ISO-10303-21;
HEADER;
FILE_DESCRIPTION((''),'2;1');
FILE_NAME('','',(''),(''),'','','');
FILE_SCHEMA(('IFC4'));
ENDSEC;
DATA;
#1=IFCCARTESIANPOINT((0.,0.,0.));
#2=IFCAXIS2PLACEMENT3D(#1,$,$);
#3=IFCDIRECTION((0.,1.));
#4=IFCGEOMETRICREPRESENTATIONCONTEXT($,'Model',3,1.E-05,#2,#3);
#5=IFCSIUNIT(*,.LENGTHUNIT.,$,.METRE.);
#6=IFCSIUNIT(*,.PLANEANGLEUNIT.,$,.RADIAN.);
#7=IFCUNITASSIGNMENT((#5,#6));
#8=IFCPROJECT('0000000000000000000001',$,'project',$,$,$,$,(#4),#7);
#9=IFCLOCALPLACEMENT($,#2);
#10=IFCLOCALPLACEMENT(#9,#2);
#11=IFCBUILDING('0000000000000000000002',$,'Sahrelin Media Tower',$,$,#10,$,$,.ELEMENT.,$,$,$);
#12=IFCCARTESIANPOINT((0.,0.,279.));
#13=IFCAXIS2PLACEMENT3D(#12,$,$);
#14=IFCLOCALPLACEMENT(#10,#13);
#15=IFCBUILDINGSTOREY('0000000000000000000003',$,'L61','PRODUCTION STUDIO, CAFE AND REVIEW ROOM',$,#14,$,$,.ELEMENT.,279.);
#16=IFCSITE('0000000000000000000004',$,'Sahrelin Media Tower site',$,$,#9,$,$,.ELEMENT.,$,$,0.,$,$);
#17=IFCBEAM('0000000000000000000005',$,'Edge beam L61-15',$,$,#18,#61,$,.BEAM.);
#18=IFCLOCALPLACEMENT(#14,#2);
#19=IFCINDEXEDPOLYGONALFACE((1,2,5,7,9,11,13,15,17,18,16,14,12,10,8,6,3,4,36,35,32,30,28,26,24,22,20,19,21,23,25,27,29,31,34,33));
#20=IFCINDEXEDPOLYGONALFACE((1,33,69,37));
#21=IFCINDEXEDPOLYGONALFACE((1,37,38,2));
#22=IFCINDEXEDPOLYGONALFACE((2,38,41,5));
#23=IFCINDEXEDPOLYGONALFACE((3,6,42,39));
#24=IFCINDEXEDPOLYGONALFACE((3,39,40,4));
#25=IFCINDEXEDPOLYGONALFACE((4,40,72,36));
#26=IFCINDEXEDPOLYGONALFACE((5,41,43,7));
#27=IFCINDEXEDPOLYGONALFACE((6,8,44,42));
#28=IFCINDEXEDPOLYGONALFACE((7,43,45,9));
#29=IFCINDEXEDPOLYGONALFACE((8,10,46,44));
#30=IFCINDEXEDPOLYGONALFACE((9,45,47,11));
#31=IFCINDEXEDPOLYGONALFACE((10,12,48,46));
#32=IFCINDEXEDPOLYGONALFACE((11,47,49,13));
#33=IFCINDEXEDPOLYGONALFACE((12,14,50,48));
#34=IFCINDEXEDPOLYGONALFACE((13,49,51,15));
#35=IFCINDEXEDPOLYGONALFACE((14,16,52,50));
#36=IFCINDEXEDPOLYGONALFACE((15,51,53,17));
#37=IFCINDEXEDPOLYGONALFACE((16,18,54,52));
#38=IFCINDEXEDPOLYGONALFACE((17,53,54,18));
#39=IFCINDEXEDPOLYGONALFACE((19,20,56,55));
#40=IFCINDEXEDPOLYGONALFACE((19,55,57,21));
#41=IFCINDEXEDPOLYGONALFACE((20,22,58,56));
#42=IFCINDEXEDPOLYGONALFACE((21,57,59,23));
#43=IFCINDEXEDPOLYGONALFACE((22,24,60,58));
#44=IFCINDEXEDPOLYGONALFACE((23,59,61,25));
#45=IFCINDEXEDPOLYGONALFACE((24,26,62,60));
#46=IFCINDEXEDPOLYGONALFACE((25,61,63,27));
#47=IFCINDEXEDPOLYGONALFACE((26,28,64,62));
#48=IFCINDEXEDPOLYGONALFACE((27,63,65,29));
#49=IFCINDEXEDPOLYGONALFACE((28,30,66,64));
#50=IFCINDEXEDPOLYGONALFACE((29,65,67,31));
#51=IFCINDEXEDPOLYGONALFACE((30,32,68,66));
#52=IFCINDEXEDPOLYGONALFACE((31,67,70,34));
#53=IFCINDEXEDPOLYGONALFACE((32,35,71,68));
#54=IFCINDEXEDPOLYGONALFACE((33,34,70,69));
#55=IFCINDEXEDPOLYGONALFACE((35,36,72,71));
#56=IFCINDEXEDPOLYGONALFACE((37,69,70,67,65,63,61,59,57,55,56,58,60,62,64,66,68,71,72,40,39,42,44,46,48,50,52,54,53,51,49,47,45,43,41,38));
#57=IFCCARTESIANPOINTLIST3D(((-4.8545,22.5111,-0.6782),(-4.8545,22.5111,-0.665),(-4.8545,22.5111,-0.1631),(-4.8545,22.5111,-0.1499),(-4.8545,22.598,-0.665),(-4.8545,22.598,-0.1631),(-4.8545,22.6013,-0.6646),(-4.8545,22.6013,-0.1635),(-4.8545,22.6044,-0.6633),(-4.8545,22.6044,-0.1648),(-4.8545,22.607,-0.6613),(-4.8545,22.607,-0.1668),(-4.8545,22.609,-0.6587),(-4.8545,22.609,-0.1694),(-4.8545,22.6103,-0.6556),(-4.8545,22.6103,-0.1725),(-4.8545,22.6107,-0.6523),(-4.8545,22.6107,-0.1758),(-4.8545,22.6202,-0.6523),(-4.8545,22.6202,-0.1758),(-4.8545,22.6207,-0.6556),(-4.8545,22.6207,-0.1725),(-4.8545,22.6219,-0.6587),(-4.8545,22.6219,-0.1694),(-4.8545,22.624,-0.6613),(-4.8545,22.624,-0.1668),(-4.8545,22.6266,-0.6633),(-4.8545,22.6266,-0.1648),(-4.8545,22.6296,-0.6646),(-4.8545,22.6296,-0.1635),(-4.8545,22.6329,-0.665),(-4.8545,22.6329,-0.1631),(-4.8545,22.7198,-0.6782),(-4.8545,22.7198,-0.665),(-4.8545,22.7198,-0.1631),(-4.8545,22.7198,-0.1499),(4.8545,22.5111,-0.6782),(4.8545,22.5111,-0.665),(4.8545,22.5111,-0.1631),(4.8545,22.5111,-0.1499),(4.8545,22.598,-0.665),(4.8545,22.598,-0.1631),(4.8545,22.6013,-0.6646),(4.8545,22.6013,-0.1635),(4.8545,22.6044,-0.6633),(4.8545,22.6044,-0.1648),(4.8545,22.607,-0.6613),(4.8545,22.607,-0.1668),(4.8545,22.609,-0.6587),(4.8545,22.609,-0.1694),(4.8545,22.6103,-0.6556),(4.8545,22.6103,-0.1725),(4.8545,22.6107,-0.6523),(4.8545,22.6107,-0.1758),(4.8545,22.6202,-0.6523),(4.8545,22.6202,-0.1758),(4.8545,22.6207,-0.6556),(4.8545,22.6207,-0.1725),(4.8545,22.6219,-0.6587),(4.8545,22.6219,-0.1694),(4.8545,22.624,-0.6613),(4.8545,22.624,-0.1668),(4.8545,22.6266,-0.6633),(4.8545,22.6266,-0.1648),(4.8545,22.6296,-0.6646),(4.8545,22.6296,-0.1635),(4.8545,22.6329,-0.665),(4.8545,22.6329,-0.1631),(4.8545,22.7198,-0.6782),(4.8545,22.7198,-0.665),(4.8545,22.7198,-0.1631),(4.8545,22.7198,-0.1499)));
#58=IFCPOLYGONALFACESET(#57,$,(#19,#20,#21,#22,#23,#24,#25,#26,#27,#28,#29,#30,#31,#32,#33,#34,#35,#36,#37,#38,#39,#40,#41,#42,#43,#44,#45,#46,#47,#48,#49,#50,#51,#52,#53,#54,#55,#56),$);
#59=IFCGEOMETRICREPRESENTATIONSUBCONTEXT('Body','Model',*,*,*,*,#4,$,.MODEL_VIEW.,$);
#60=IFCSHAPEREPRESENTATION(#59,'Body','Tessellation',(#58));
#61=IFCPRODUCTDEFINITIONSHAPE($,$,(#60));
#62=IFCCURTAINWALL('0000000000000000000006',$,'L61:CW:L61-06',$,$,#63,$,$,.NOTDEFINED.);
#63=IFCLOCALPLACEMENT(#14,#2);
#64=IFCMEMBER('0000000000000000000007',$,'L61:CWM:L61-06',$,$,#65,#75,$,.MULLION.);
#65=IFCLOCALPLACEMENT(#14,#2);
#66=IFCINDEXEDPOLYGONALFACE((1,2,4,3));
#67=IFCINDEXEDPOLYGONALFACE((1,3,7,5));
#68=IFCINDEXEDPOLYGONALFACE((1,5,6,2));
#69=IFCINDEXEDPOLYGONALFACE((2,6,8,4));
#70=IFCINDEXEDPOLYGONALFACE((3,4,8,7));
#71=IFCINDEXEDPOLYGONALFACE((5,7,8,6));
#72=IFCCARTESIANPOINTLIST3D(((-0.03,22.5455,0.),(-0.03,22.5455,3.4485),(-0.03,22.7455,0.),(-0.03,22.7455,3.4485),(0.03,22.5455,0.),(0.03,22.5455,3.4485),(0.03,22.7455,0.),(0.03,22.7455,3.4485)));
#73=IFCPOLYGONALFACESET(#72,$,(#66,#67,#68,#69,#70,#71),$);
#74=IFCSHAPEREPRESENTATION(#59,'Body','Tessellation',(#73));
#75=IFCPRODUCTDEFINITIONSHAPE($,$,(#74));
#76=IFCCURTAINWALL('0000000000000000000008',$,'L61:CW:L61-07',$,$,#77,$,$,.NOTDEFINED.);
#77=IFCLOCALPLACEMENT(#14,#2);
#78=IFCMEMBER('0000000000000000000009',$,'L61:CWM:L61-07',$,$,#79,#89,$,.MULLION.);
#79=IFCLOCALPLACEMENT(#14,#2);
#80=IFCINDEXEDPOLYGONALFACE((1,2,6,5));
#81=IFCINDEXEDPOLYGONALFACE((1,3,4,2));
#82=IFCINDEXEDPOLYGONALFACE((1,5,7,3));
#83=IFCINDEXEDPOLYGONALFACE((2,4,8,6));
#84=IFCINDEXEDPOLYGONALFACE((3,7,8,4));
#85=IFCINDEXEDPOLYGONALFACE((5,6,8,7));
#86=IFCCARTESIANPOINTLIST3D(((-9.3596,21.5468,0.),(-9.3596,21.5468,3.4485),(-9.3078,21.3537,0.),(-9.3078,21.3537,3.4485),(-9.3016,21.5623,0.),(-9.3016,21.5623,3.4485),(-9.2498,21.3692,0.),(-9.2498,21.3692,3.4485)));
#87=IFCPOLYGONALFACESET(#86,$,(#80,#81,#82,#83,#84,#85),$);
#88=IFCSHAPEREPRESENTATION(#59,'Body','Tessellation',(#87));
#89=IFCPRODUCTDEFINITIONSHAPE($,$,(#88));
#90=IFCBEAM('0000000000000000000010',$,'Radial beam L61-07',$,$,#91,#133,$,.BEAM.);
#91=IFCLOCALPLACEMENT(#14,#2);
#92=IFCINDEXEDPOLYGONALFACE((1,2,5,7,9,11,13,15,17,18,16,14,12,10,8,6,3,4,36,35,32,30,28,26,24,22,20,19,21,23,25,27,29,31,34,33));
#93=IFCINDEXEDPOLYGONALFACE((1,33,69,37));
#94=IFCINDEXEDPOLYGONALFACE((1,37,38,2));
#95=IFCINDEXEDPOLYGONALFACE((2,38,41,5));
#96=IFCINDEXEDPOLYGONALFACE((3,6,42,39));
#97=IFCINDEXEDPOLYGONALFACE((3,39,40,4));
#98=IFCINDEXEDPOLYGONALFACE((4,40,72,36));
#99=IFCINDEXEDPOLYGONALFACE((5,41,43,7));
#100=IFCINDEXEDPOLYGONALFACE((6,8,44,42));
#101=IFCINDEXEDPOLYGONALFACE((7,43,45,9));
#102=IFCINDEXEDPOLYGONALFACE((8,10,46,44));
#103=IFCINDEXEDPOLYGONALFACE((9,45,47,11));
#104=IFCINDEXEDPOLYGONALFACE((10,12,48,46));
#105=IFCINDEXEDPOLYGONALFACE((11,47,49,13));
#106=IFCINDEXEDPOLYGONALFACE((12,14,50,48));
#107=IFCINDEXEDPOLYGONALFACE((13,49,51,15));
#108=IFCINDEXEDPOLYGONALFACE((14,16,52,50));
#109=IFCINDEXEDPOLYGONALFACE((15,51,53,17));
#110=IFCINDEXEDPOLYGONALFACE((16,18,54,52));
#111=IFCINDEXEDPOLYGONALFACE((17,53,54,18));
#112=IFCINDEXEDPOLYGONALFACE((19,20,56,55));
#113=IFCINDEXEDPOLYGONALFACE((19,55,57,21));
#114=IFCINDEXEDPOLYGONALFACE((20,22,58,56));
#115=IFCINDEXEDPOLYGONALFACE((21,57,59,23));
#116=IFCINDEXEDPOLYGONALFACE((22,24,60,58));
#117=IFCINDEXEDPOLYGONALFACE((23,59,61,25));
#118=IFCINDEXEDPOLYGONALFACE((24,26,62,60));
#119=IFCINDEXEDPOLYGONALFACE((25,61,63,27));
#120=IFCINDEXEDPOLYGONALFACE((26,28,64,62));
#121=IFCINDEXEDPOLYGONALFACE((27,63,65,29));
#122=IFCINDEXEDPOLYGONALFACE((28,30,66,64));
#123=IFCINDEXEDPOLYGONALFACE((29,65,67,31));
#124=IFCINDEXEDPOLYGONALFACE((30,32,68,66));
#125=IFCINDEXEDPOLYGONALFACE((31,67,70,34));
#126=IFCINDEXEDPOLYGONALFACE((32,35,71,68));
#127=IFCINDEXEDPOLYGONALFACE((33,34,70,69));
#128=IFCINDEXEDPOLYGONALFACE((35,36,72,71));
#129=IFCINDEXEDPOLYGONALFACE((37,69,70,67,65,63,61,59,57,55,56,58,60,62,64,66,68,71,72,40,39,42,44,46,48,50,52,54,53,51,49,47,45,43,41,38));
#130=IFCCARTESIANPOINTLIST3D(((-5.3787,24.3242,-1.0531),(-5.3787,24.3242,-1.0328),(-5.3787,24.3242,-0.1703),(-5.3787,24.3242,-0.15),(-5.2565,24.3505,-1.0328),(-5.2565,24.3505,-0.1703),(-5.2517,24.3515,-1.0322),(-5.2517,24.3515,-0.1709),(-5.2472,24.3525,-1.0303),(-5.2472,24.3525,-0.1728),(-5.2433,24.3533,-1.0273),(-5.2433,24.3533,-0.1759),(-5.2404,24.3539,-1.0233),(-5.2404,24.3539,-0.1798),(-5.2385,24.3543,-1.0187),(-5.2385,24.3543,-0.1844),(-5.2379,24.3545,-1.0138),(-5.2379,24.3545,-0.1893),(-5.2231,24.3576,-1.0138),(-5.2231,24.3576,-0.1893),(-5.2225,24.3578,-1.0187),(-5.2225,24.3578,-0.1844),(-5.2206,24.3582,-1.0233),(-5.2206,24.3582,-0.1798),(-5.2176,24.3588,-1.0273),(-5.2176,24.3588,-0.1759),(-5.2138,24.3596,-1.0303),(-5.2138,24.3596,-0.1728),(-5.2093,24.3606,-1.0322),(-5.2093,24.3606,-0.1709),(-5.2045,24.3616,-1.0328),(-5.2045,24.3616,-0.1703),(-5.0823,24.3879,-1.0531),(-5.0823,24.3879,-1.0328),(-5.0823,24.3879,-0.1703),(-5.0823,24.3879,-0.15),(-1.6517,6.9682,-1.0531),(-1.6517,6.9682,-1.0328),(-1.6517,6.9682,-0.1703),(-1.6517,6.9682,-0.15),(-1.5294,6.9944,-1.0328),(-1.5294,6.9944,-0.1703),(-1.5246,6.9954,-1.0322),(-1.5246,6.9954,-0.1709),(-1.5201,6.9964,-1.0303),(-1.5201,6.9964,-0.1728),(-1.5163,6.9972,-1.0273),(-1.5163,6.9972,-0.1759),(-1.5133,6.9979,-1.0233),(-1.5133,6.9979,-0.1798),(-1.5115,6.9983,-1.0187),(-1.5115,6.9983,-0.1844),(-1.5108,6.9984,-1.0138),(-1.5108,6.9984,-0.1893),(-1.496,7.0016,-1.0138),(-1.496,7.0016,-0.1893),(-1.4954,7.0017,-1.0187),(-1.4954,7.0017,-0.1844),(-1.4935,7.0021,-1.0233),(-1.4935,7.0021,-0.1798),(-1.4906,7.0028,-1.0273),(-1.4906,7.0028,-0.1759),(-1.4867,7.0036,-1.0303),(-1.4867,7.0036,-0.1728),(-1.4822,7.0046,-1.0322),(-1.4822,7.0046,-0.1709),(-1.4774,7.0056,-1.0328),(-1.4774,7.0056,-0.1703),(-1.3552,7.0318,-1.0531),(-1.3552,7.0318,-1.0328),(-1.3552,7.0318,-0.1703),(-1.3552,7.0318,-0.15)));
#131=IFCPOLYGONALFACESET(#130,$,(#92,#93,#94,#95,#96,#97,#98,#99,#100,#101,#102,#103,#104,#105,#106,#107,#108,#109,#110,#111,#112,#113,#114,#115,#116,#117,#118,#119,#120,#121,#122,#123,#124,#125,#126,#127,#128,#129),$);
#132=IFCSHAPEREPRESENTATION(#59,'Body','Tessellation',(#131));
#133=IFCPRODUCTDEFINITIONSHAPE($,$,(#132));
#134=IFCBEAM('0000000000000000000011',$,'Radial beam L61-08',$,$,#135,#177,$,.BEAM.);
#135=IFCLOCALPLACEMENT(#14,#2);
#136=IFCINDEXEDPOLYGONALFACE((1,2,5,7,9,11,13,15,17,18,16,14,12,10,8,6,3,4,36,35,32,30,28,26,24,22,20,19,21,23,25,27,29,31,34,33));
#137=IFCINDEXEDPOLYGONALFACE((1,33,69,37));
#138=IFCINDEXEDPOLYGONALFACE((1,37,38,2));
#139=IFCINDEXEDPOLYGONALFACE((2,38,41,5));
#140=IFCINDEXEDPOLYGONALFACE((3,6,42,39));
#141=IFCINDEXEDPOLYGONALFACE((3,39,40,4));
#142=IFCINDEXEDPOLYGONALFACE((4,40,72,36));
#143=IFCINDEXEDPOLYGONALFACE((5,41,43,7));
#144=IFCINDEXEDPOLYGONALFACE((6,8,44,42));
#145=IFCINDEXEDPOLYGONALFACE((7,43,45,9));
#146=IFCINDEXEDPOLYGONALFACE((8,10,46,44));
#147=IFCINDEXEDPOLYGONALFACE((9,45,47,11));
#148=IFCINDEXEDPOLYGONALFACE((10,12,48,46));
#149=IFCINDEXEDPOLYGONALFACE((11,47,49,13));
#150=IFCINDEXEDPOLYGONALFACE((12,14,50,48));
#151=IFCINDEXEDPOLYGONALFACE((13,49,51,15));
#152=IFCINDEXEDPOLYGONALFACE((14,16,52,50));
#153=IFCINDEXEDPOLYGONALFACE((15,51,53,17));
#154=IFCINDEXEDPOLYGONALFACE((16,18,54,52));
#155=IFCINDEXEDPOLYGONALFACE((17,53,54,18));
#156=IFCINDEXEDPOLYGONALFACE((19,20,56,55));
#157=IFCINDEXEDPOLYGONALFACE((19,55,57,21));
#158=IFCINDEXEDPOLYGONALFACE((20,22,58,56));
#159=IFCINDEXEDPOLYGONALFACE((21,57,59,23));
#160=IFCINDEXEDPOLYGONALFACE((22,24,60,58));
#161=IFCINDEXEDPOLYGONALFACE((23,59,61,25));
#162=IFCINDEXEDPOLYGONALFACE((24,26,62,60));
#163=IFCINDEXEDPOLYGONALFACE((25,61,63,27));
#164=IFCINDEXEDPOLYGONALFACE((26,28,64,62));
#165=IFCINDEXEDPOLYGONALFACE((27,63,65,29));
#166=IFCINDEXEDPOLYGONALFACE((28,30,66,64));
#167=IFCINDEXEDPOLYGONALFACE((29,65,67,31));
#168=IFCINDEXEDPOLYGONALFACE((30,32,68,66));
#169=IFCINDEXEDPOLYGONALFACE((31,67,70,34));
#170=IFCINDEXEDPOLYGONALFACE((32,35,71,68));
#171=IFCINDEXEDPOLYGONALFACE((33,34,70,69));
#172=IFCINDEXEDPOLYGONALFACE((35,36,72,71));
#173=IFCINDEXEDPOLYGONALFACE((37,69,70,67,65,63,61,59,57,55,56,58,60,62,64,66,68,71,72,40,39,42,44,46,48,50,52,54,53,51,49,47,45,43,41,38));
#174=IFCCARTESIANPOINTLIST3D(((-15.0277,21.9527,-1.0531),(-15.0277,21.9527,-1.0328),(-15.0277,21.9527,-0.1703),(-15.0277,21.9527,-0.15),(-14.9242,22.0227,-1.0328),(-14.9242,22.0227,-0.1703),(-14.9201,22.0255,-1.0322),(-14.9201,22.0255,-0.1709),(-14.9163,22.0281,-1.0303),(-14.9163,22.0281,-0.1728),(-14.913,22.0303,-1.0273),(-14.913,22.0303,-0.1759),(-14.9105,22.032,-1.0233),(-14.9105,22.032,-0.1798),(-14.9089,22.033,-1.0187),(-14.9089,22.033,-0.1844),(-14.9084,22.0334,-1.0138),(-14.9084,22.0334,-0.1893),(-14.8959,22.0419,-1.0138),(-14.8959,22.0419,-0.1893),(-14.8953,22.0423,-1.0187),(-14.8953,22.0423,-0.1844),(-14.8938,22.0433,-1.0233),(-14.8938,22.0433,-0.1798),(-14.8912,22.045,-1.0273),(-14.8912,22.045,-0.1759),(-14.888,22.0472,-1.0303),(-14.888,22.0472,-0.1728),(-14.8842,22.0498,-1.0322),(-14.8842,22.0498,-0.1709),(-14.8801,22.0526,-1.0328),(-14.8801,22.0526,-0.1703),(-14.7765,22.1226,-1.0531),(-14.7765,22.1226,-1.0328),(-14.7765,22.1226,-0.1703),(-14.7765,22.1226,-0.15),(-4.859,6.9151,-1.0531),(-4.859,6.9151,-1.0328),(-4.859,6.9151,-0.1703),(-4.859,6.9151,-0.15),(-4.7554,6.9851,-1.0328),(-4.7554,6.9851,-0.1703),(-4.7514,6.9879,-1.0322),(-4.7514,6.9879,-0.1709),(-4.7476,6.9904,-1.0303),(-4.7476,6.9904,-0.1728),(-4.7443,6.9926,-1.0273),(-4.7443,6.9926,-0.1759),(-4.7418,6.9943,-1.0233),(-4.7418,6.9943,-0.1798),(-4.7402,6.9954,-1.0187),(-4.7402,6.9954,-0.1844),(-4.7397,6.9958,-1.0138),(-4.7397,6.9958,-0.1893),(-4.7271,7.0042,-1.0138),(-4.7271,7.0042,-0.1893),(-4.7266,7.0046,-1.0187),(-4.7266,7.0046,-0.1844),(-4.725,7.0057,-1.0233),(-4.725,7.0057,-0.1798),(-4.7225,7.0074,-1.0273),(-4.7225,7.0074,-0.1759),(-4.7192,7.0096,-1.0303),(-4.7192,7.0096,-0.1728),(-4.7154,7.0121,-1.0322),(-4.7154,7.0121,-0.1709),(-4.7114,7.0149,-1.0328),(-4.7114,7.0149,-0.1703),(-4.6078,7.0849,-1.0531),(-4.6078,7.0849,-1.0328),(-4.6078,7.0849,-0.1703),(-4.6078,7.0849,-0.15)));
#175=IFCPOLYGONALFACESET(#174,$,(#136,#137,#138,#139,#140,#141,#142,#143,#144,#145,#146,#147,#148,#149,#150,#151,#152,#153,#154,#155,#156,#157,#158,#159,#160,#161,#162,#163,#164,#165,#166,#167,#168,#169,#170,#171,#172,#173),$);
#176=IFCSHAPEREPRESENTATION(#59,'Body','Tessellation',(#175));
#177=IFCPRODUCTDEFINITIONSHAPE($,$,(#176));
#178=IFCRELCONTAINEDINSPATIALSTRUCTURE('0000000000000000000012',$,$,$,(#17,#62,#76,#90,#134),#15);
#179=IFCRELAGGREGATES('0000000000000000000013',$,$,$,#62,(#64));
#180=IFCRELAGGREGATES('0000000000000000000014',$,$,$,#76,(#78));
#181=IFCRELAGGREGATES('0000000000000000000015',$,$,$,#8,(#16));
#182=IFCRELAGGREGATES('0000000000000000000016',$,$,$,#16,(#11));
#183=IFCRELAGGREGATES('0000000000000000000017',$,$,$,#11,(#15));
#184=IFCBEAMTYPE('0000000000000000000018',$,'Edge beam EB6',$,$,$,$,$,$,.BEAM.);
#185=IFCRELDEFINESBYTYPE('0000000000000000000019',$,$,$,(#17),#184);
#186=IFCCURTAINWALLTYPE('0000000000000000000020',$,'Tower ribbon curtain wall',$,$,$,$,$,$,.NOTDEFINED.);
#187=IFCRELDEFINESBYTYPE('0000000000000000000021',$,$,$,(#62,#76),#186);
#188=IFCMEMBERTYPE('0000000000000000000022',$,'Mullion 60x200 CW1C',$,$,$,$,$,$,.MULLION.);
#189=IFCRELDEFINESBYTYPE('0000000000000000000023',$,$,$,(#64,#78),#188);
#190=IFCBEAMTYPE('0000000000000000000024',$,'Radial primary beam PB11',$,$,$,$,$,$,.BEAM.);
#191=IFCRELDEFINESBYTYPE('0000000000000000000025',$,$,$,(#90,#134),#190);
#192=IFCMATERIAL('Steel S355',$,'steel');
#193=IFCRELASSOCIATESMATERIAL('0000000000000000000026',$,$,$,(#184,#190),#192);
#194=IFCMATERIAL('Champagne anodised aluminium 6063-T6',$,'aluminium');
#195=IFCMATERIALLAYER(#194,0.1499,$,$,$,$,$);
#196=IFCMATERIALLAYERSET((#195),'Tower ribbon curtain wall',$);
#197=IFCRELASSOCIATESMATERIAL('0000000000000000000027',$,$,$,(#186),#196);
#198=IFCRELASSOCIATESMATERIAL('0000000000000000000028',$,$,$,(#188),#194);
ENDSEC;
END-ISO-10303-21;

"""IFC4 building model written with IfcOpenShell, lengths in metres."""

from ifc_helpers import new_model, si_unit, direction, frame, origin, origin_2d, place, context, subcontext, project, spatial, rectangle, i_section, extrude, material, layer, layer_set, material_profile, profile_set, type_object, element, aggregate, save


model = new_model("IFC4")

# Units and contexts
model_context = context("Model", 3, precision=1e-05, world=origin(), true_north=direction((0.0, 1.0)))
body_context = subcontext(model_context, "Body", "Model", "MODEL_VIEW")
ifc_project = project(units=[si_unit("LENGTHUNIT", "METRE"), si_unit("PLANEANGLEUNIT", "RADIAN")], contexts=[model_context])

# Site, building, storey
site_placement = place(None, origin())
site = spatial("IfcSite", under=ifc_project, at=site_placement, Name="Sahrelin Media Tower site", CompositionType="ELEMENT", RefElevation=0.0)
building_placement = place(site_placement, origin())
building = spatial("IfcBuilding", under=site, at=building_placement, Name="Sahrelin Media Tower", CompositionType="ELEMENT")
storey_placement = place(building_placement, frame((0.0, 0.0, 279.0)))
storey = spatial("IfcBuildingStorey", under=building, at=storey_placement, Name="L61", Description="PRODUCTION STUDIO, CAFE AND REVIEW ROOM", CompositionType="ELEMENT", Elevation=279.0)

# Beam
ifc_material_1 = material(Name="Steel S355", Category="steel")
ifc_material_profile_1 = material_profile(ifc_material_1, i_section(OverallWidth=0.2087, OverallDepth=0.5283, WebThickness=0.0095, FlangeThickness=0.0132, FilletRadius=0.0127, at=origin_2d()), Name="UB 533x210x82")
ifc_profile_set_1 = profile_set([ifc_material_profile_1], Name="Steel S355")
beam_type_1 = type_object("IfcBeamType", Name="Edge beam EB6", PredefinedType="BEAM", material=ifc_profile_set_1)
beam_1_placement = place(storey_placement, frame((-4.8545, 22.6155, -0.4141), z_axis=(1.0, 0.0, 0.0), x_axis=(0.0, 1.0, 0.0)))
element("IfcBeam", 1, at=beam_1_placement, inside=storey, type_object=beam_type_1, Name="Edge beam L61-15", PredefinedType="BEAM", context=body_context, shape_type="SweptSolid", body=[
    extrude(i_section(OverallWidth=0.2087, OverallDepth=0.5283, WebThickness=0.0095, FlangeThickness=0.0132, FilletRadius=0.0127, at=origin_2d()), origin(), (0.0, 0.0, 1.0), 9.709),
])

# Curtain walls, members
ifc_material_2 = material(Name="Champagne anodised aluminium 6063-T6", Category="aluminium")
ifc_layer_1 = layer(ifc_material_2, 0.1499)
ifc_layer_set_1 = layer_set([ifc_layer_1], Name="Tower ribbon curtain wall")
curtain_wall_type = type_object("IfcCurtainWallType", Name="Tower ribbon curtain wall", PredefinedType="NOTDEFINED", material=ifc_layer_set_1)
placement_1 = place(storey_placement, frame((0.0, 22.7654, 0.0), z_axis=(0.0, 0.0, 1.0), x_axis=(1.0, 0.0, 0.0)))
curtain_wall_1 = element("IfcCurtainWall", 2, at=placement_1, inside=storey, type_object=curtain_wall_type, Name="L61:CW:L61-06", PredefinedType="NOTDEFINED")
ifc_material_profile_2 = material_profile(ifc_material_2, rectangle(XDim=0.0601, YDim=0.2, at=origin_2d()), Name="Mullion 60x200")
ifc_profile_set_2 = profile_set([ifc_material_profile_2], Name="Champagne anodised aluminium 6063-T6")
member_type_1 = type_object("IfcMemberType", Name="Mullion 60x200 CW1C", PredefinedType="MULLION", material=ifc_profile_set_2)
member_1_placement = place(storey_placement, frame((0.0, 22.6455, 0.0), z_axis=(0.0, 0.0, 1.0), x_axis=(-1.0, 0.0, 0.0)))
member_1 = element("IfcMember", 3, at=member_1_placement, type_object=member_type_1, Name="L61:CWM:L61-06", PredefinedType="MULLION", context=body_context, shape_type="SweptSolid", body=[
    extrude(rectangle(XDim=0.0601, YDim=0.2, at=origin_2d()), origin(), (0.0, 0.0, 1.0), 3.4485),
])
aggregate(curtain_wall_1, [member_1])
curtain_wall_2_placement = place(storey_placement, frame((-9.3357, 21.574, 0.0), z_axis=(0.0, 0.0, 1.0), x_axis=(1.0, 0.0, 0.0)))
curtain_wall_2 = element("IfcCurtainWall", 4, at=curtain_wall_2_placement, inside=storey, type_object=curtain_wall_type, Name="L61:CW:L61-07", PredefinedType="NOTDEFINED")
member_2_placement = place(storey_placement, frame((-9.3047, 21.458, 0.0), z_axis=(0.0, 0.0, 1.0), x_axis=(-0.965926, -0.258817, 0.0)))
member_2 = element("IfcMember", 5, at=member_2_placement, type_object=member_type_1, Name="L61:CWM:L61-07", PredefinedType="MULLION", context=body_context, shape_type="SweptSolid", body=[
    extrude(rectangle(XDim=0.0601, YDim=0.2, at=origin_2d()), origin(), (0.0, 0.0, 1.0), 3.4485),
])

# Beams
ifc_material_profile_3 = material_profile(ifc_material_1, i_section(OverallWidth=0.3032, OverallDepth=0.9031, WebThickness=0.0151, FlangeThickness=0.0203, FilletRadius=0.019, at=origin_2d()), Name="UB 914x305x201")
ifc_profile_set_3 = profile_set([ifc_material_profile_3], Name="Steel S355")
beam_type_2 = type_object("IfcBeamType", Name="Radial primary beam PB11", PredefinedType="BEAM", material=ifc_profile_set_3)
beam_2_placement = place(storey_placement, frame((-1.5034, 7.0, -0.6016), z_axis=(-0.209955, 0.977711, 0.0), x_axis=(-0.977711, -0.209955, 0.0)))
element("IfcBeam", 6, at=beam_2_placement, inside=storey, type_object=beam_type_2, Name="Radial beam L61-07", PredefinedType="BEAM", context=body_context, shape_type="SweptSolid", body=[
    extrude(i_section(OverallWidth=0.3032, OverallDepth=0.9031, WebThickness=0.0151, FlangeThickness=0.0203, FilletRadius=0.019, at=origin_2d()), origin(), (0.0, 0.0, 1.0), 17.7517),
])
beam_3_placement = place(storey_placement, frame((-4.7334, 7.0, -0.6016), z_axis=(-0.560166, 0.82838, 0.0), x_axis=(-0.82838, -0.560166, 0.0)))
element("IfcBeam", 7, at=beam_3_placement, inside=storey, type_object=beam_type_2, Name="Radial beam L61-08", PredefinedType="BEAM", context=body_context, shape_type="SweptSolid", body=[
    extrude(i_section(OverallWidth=0.3032, OverallDepth=0.9031, WebThickness=0.0151, FlangeThickness=0.0203, FilletRadius=0.019, at=origin_2d()), origin(), (0.0, 0.0, 1.0), 18.1531),
])

aggregate(curtain_wall_2, [member_2])

save(model, "model.ifc")
